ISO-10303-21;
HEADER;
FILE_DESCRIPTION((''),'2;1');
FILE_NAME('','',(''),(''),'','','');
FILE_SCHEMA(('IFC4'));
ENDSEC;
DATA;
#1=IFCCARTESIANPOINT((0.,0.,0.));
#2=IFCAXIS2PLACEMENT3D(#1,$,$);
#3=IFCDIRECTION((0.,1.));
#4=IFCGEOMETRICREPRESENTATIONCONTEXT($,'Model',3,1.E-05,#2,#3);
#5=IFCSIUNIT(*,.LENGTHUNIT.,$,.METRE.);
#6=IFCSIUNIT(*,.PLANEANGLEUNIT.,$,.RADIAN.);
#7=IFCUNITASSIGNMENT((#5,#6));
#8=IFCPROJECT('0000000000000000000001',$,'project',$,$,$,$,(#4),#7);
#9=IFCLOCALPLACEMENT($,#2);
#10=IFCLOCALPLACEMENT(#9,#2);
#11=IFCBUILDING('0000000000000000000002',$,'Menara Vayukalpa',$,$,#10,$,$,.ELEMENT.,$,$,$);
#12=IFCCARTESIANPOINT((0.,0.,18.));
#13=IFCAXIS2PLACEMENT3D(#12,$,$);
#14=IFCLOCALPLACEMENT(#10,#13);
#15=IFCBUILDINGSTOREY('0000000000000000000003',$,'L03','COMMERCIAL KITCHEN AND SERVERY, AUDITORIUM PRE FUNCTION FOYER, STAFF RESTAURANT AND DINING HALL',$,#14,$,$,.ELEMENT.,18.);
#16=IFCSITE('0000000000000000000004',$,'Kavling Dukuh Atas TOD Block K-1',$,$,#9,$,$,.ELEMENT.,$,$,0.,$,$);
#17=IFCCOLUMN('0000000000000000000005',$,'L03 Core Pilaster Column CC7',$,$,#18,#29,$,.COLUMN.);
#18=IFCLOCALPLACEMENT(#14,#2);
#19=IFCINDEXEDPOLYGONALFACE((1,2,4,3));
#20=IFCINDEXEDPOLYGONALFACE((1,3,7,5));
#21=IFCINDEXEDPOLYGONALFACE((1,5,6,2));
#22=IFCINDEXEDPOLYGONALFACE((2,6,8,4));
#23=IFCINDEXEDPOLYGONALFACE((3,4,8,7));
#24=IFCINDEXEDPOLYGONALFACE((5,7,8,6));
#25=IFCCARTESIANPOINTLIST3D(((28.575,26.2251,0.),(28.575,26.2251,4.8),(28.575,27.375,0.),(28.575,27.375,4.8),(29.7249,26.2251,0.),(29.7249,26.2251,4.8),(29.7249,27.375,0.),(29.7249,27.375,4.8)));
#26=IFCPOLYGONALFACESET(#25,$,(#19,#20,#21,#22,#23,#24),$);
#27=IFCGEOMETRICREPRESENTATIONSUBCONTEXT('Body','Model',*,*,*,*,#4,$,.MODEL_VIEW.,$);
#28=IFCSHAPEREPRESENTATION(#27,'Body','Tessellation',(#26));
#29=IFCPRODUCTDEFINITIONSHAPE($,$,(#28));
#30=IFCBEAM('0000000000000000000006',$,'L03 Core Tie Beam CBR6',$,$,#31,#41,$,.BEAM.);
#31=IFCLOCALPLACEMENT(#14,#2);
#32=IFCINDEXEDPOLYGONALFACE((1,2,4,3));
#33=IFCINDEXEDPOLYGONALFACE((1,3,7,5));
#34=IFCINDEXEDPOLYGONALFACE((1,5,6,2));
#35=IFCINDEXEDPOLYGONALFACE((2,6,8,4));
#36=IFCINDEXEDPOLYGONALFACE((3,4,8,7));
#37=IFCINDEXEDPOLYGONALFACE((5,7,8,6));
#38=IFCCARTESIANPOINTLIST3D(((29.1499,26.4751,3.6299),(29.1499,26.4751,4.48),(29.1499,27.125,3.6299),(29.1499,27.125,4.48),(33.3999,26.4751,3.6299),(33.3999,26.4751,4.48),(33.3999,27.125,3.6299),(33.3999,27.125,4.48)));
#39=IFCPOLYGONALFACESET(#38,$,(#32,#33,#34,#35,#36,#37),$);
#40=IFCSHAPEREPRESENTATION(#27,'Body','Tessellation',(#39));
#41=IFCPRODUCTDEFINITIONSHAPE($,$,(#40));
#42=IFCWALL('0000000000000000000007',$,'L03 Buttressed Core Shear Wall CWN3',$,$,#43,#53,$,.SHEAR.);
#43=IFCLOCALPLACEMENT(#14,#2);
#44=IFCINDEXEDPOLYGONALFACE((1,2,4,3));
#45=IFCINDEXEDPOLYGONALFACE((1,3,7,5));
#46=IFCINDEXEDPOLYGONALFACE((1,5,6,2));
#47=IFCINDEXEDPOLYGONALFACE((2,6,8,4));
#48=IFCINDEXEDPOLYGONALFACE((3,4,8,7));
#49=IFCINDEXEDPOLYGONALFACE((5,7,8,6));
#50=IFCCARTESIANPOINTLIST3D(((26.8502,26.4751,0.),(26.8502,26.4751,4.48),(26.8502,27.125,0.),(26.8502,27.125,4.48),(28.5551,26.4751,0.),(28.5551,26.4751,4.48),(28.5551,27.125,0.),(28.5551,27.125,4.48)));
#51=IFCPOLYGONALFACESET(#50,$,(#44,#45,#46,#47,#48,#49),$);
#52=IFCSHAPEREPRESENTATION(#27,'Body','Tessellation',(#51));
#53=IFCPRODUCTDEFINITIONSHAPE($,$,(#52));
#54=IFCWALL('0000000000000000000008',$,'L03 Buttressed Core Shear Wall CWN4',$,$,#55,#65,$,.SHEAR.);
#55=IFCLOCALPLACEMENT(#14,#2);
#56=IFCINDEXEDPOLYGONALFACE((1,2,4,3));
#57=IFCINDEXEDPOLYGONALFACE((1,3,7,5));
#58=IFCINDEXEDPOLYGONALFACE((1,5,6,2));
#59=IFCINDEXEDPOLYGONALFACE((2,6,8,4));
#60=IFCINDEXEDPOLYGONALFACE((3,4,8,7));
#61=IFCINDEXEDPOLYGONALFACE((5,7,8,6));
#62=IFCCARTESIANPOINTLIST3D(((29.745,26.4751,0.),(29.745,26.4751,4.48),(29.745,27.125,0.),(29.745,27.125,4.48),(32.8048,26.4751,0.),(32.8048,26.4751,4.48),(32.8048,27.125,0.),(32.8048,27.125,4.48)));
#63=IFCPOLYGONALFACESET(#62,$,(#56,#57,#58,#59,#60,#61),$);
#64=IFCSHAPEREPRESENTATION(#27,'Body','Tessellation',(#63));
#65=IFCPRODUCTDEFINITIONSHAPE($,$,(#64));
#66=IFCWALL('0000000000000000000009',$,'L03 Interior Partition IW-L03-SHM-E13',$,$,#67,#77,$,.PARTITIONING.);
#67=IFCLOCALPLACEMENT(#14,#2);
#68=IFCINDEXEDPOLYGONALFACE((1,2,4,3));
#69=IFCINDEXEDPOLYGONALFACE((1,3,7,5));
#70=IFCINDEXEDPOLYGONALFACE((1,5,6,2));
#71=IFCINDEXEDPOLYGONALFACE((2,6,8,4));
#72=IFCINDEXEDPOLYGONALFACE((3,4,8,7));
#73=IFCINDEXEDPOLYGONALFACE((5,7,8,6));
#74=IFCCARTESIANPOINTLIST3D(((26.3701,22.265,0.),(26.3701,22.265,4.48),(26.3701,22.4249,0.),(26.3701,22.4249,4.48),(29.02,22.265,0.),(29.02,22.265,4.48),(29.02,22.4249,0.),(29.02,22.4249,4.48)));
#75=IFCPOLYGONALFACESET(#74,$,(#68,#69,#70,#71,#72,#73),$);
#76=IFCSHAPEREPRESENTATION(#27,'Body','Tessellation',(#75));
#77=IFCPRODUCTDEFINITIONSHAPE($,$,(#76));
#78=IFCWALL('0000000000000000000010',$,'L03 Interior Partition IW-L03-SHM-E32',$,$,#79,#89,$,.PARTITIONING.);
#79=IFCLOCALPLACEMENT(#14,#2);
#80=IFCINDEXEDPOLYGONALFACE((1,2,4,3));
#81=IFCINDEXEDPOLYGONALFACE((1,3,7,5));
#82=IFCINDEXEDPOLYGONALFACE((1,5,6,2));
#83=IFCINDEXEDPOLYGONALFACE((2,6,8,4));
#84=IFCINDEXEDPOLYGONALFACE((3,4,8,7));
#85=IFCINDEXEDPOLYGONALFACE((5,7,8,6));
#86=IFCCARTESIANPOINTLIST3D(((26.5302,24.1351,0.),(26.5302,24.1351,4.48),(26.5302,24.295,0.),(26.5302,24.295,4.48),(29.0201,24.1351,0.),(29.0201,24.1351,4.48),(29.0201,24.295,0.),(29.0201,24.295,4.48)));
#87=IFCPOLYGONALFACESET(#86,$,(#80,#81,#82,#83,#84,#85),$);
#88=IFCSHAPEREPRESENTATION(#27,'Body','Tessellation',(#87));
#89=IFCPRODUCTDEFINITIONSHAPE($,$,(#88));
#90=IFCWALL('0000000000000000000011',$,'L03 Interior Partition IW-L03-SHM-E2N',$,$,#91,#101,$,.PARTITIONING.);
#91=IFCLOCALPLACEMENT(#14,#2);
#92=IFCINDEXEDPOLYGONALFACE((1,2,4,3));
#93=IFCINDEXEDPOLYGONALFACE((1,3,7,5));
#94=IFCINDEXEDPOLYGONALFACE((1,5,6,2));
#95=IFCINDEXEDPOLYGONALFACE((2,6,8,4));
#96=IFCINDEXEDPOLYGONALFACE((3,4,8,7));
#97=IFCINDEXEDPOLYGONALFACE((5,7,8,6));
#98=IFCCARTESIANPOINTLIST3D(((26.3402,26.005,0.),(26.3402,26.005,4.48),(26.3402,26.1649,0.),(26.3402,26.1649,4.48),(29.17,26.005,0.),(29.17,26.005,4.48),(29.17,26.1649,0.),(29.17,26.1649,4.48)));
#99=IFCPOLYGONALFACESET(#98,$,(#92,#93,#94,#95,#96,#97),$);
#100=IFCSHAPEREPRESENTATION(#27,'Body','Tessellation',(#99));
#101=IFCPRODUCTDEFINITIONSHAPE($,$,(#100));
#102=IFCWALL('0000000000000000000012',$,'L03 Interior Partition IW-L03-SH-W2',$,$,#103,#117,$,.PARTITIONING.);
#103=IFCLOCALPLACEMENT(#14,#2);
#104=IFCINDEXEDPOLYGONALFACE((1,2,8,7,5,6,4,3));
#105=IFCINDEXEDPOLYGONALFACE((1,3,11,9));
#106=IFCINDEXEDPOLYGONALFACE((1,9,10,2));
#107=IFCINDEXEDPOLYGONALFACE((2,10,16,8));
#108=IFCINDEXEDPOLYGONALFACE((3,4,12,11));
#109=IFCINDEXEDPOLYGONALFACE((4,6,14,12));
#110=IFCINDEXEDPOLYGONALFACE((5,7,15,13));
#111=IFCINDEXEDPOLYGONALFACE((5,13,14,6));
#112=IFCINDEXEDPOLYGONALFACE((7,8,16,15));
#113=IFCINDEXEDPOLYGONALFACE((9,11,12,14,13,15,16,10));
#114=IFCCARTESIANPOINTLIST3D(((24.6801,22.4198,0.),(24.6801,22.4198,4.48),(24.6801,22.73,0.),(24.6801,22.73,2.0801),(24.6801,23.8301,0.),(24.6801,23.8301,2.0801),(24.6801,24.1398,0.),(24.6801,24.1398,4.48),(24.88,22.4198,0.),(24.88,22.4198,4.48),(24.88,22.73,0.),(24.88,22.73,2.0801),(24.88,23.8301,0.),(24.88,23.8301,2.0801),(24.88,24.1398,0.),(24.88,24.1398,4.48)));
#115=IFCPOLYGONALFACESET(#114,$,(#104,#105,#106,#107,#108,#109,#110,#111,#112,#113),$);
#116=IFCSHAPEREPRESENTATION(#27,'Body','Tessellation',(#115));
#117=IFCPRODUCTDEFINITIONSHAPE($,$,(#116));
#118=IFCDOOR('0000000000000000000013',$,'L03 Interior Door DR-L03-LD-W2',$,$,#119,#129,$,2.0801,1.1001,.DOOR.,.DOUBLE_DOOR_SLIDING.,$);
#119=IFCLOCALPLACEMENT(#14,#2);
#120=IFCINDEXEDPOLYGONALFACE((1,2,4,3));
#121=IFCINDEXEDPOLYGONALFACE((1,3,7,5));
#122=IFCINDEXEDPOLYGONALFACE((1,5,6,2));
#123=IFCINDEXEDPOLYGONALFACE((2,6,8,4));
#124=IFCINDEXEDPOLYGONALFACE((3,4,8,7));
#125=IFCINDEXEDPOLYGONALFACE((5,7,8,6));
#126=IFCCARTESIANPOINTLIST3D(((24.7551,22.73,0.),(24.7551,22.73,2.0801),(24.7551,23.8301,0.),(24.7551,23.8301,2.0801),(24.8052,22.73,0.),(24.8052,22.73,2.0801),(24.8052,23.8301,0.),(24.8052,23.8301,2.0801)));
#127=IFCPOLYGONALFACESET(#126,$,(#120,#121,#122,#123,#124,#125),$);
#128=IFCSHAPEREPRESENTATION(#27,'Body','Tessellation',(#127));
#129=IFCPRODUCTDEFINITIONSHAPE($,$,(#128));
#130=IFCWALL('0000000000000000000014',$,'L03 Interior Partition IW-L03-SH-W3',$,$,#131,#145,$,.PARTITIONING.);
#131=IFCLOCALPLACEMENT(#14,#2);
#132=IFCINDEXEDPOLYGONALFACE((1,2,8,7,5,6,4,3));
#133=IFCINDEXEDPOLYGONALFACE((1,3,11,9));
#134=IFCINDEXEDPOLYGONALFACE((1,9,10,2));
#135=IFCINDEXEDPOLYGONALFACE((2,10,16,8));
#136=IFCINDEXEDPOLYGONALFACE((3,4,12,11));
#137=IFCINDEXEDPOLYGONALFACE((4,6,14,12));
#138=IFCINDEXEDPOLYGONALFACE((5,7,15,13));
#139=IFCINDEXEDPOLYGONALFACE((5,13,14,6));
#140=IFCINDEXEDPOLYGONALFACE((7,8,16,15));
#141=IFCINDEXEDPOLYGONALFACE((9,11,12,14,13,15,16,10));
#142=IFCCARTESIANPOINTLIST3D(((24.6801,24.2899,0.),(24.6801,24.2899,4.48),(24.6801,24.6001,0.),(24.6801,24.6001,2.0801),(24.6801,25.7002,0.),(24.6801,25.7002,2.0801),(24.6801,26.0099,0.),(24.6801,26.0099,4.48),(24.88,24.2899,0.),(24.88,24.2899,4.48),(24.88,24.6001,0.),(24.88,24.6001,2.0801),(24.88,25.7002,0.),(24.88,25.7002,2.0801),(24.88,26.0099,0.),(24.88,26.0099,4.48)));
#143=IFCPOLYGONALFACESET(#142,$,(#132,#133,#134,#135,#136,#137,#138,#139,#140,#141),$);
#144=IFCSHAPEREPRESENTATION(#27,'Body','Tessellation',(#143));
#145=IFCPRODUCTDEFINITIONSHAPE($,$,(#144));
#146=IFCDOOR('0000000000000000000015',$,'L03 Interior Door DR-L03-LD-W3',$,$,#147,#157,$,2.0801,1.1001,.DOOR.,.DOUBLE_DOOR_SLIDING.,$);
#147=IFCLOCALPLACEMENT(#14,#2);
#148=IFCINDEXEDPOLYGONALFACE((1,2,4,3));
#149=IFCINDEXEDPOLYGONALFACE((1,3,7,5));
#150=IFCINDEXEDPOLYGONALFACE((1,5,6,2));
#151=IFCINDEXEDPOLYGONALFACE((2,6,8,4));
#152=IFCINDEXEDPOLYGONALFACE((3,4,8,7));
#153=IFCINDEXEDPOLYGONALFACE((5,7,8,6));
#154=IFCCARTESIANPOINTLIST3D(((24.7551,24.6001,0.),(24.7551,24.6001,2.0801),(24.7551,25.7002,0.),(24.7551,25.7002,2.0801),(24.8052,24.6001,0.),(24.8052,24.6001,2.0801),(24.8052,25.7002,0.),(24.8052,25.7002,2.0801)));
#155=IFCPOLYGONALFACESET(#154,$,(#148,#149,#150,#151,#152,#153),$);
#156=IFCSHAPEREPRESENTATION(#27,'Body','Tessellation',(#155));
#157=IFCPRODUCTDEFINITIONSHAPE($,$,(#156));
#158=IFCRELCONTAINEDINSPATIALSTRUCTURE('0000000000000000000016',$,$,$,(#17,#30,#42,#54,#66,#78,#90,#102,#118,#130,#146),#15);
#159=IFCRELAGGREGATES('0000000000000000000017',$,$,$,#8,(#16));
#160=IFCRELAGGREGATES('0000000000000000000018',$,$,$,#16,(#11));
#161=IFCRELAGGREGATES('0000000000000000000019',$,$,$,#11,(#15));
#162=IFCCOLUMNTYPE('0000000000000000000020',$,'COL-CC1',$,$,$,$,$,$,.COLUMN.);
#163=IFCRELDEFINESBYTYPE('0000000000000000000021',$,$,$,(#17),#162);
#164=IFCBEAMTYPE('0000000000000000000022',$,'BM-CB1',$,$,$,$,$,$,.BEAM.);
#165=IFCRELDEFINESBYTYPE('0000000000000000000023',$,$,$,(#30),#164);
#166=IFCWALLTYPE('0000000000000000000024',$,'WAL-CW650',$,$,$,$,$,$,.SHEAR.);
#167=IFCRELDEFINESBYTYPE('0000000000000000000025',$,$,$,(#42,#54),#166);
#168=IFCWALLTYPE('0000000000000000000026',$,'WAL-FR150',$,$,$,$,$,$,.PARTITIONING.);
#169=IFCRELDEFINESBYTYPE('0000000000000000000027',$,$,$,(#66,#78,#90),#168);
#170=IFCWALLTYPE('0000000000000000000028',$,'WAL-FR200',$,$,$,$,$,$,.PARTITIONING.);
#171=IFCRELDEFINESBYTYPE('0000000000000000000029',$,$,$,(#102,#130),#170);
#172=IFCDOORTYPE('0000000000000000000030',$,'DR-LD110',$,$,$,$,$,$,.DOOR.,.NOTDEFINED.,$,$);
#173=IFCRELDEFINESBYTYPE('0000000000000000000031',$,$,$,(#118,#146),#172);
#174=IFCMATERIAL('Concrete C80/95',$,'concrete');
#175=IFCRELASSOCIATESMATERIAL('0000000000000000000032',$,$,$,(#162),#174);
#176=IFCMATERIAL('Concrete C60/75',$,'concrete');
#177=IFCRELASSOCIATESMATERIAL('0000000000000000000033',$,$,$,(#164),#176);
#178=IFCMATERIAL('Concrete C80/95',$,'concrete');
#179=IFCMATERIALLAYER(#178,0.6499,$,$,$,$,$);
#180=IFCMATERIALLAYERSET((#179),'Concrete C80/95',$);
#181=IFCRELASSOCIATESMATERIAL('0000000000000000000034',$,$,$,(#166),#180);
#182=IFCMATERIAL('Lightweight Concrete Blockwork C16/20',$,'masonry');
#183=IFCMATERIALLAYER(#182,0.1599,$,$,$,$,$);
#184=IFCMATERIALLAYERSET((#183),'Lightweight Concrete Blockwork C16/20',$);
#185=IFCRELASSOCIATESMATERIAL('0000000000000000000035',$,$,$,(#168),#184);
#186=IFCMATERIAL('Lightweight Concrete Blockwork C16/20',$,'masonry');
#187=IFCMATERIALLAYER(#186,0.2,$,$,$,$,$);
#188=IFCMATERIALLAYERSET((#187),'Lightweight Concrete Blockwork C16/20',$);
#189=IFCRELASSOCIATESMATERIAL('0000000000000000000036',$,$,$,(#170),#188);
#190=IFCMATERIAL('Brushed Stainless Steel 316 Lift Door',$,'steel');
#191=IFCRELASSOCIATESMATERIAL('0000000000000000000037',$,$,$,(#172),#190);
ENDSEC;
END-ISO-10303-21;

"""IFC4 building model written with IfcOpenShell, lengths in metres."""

from ifc_helpers import new_model, si_unit, direction, frame, frame_2d, origin, origin_2d, place, context, subcontext, project, spatial, rectangle, extrude, material, layer, layer_set, material_profile, profile_set, type_object, element, fill, save


model = new_model("IFC4")

# Units and contexts
model_context = context("Model", 3, precision=1e-05, world=origin(), true_north=direction((0.0, 1.0)))
body_context = subcontext(model_context, "Body", "Model", "MODEL_VIEW")
ifc_project = project(units=[si_unit("LENGTHUNIT", "METRE"), si_unit("PLANEANGLEUNIT", "RADIAN")], contexts=[model_context])

# Site, building, storey
site_placement = place(None, origin())
site = spatial("IfcSite", under=ifc_project, at=site_placement, Name="Kavling Dukuh Atas TOD Block K-1", CompositionType="ELEMENT", RefElevation=0.0)
building_placement = place(site_placement, origin())
building = spatial("IfcBuilding", under=site, at=building_placement, Name="Menara Vayukalpa", CompositionType="ELEMENT")
storey_placement = place(building_placement, frame((0.0, 0.0, 18.0)))
storey = spatial("IfcBuildingStorey", under=building, at=storey_placement, Name="L03", Description="COMMERCIAL KITCHEN AND SERVERY, AUDITORIUM PRE FUNCTION FOYER, STAFF RESTAURANT AND DINING HALL", CompositionType="ELEMENT", Elevation=18.0)

# Column
ifc_material_1 = material(Name="Concrete C80/95", Category="concrete")
ifc_material_profile_1 = material_profile(ifc_material_1, rectangle(XDim=1.1499, YDim=1.1499, at=origin_2d()), Name="RC 1150x1150")
ifc_profile_set_1 = profile_set([ifc_material_profile_1], Name="Concrete C80/95")
column_type = type_object("IfcColumnType", Name="COL-CC1", PredefinedType="COLUMN", material=ifc_profile_set_1)
column_placement = place(storey_placement, frame((29.1499, 26.8, 0.0), z_axis=(0.0, 0.0, 1.0), x_axis=(1.0, 0.0, 0.0)))
element("IfcColumn", 1, at=column_placement, inside=storey, type_object=column_type, Name="L03 Core Pilaster Column CC7", PredefinedType="COLUMN", context=body_context, shape_type="SweptSolid", body=[
    extrude(rectangle(XDim=1.1499, YDim=1.1499, at=origin_2d()), origin(), (0.0, 0.0, 1.0), 4.8),
])

# Beam
ifc_material_2 = material(Name="Concrete C60/75", Category="concrete")
ifc_material_profile_2 = material_profile(ifc_material_2, rectangle(XDim=0.6499, YDim=0.8501, at=origin_2d()), Name="RC 650x850")
ifc_profile_set_2 = profile_set([ifc_material_profile_2], Name="Concrete C60/75")
beam_type = type_object("IfcBeamType", Name="BM-CB1", PredefinedType="BEAM", material=ifc_profile_set_2)
beam_placement = place(storey_placement, frame((29.1499, 26.8, 4.0549), z_axis=(1.0, 0.0, 0.0), x_axis=(0.0, 1.0, 0.0)))
element("IfcBeam", 2, at=beam_placement, inside=storey, type_object=beam_type, Name="L03 Core Tie Beam CBR6", PredefinedType="BEAM", context=body_context, shape_type="SweptSolid", body=[
    extrude(rectangle(XDim=0.6499, YDim=0.8501, at=origin_2d()), origin(), (0.0, 0.0, 1.0), 4.25),
])

# Walls
ifc_material_3 = material(Name="Concrete C80/95", Category="concrete")
ifc_layer_1 = layer(ifc_material_3, 0.6499)
ifc_layer_set_1 = layer_set([ifc_layer_1], Name="Concrete C80/95")
wall_type_1 = type_object("IfcWallType", Name="WAL-CW650", PredefinedType="SHEAR", material=ifc_layer_set_1)
wall_1_placement = place(storey_placement, frame((26.8501, 26.8, 0.0), z_axis=(0.0, 0.0, 1.0), x_axis=(1.0, 0.0, 0.0)))
element("IfcWall", 3, at=wall_1_placement, inside=storey, type_object=wall_type_1, Name="L03 Buttressed Core Shear Wall CWN3", PredefinedType="SHEAR", context=body_context, shape_type="SweptSolid", body=[
    extrude(rectangle(XDim=1.7048, YDim=0.6499, at=frame_2d((0.8525, 0.0))), origin(), (0.0, 0.0, 1.0), 4.48),
])
wall_2_placement = place(storey_placement, frame((29.7451, 26.8, 0.0), z_axis=(0.0, 0.0, 1.0), x_axis=(1.0, 0.0, 0.0)))
element("IfcWall", 4, at=wall_2_placement, inside=storey, type_object=wall_type_1, Name="L03 Buttressed Core Shear Wall CWN4", PredefinedType="SHEAR", context=body_context, shape_type="SweptSolid", body=[
    extrude(rectangle(XDim=3.0598, YDim=0.6499, at=frame_2d((1.5298, 0.0))), origin(), (0.0, 0.0, 1.0), 4.48),
])
ifc_material_4 = material(Name="Lightweight Concrete Blockwork C16/20", Category="masonry")
ifc_layer_2 = layer(ifc_material_4, 0.1599)
ifc_layer_set_2 = layer_set([ifc_layer_2], Name="Lightweight Concrete Blockwork C16/20")
wall_type_2 = type_object("IfcWallType", Name="WAL-FR150", PredefinedType="PARTITIONING", material=ifc_layer_set_2)
wall_3_placement = place(storey_placement, frame((26.3701, 22.345, 0.0), z_axis=(0.0, 0.0, 1.0), x_axis=(1.0, 0.0, 0.0)))
element("IfcWall", 5, at=wall_3_placement, inside=storey, type_object=wall_type_2, Name="L03 Interior Partition IW-L03-SHM-E13", PredefinedType="PARTITIONING", context=body_context, shape_type="SweptSolid", body=[
    extrude(rectangle(XDim=2.6499, YDim=0.1599, at=frame_2d((1.325, 0.0))), origin(), (0.0, 0.0, 1.0), 4.48),
])
wall_4_placement = place(storey_placement, frame((26.53, 24.2151, 0.0), z_axis=(0.0, 0.0, 1.0), x_axis=(1.0, 0.0, 0.0)))
element("IfcWall", 6, at=wall_4_placement, inside=storey, type_object=wall_type_2, Name="L03 Interior Partition IW-L03-SHM-E32", PredefinedType="PARTITIONING", context=body_context, shape_type="SweptSolid", body=[
    extrude(rectangle(XDim=2.49, YDim=0.1599, at=frame_2d((1.2451, 0.0))), origin(), (0.0, 0.0, 1.0), 4.48),
])
wall_5_placement = place(storey_placement, frame((26.3401, 26.085, 0.0), z_axis=(0.0, 0.0, 1.0), x_axis=(1.0, 0.0, 0.0)))
element("IfcWall", 7, at=wall_5_placement, inside=storey, type_object=wall_type_2, Name="L03 Interior Partition IW-L03-SHM-E2N", PredefinedType="PARTITIONING", context=body_context, shape_type="SweptSolid", body=[
    extrude(rectangle(XDim=2.8298, YDim=0.1599, at=frame_2d((1.415, 0.0))), origin(), (0.0, 0.0, 1.0), 4.48),
])

# Walls, openings, doors
ifc_material_5 = material(Name="Lightweight Concrete Blockwork C16/20", Category="masonry")
ifc_layer_3 = layer(ifc_material_5, 0.2)
ifc_layer_set_3 = layer_set([ifc_layer_3], Name="Lightweight Concrete Blockwork C16/20")
wall_type_3 = type_object("IfcWallType", Name="WAL-FR200", PredefinedType="PARTITIONING", material=ifc_layer_set_3)
wall_6_placement = place(storey_placement, frame((24.78, 22.4199, 0.0), z_axis=(0.0, 0.0, 1.0), x_axis=(0.0, 1.0, 0.0)))
wall_6 = element("IfcWall", 8, at=wall_6_placement, inside=storey, type_object=wall_type_3, Name="L03 Interior Partition IW-L03-SH-W2", PredefinedType="PARTITIONING", context=body_context, shape_type="SweptSolid", body=[
    extrude(rectangle(XDim=1.72, YDim=0.2, at=frame_2d((0.8599, 0.0))), origin(), (0.0, 0.0, 1.0), 4.48),
])
opening_1_placement = place(wall_6_placement, frame((0.3101, 0.0, 0.0)))
opening_1 = element("IfcOpeningElement", 9, at=opening_1_placement, cuts=wall_6, PredefinedType="OPENING", context=body_context, shape_type="SweptSolid", body=[
    extrude(rectangle(XDim=1.1001, YDim=2.0801, at=frame_2d((0.55, 1.04))), frame((0.0, 0.1099, 0.0), z_axis=(0.0, -1.0, 0.0), x_axis=(1.0, 0.0, 0.0)), (0.0, 0.0, 1.0), 0.22),
])
ifc_material_6 = material(Name="Brushed Stainless Steel 316 Lift Door", Category="steel")
door_type = type_object("IfcDoorType", Name="DR-LD110", OperationType="NOTDEFINED", PredefinedType="DOOR", material=ifc_material_6)
door_1_placement = place(opening_1_placement, origin())
door_1 = element("IfcDoor", 10, at=door_1_placement, inside=storey, type_object=door_type, Name="L03 Interior Door DR-L03-LD-W2", OperationType="DOUBLE_DOOR_SLIDING", OverallHeight=2.0801, OverallWidth=1.1001, PredefinedType="DOOR", context=body_context, shape_type="SweptSolid", body=[
    extrude(rectangle(XDim=1.1001, YDim=2.0801, at=frame_2d((0.55, 1.04))), frame((0.0, 0.0249, 0.0), z_axis=(0.0, -1.0, 0.0), x_axis=(1.0, 0.0, 0.0)), (0.0, 0.0, 1.0), 0.05),
])
fill(opening_1, door_1)
wall_7_placement = place(storey_placement, frame((24.78, 24.29, 0.0), z_axis=(0.0, 0.0, 1.0), x_axis=(0.0, 1.0, 0.0)))
wall_7 = element("IfcWall", 11, at=wall_7_placement, inside=storey, type_object=wall_type_3, Name="L03 Interior Partition IW-L03-SH-W3", PredefinedType="PARTITIONING", context=body_context, shape_type="SweptSolid", body=[
    extrude(rectangle(XDim=1.72, YDim=0.2, at=frame_2d((0.8599, 0.0))), origin(), (0.0, 0.0, 1.0), 4.48),
])
opening_2_placement = place(wall_7_placement, frame((0.3101, 0.0, 0.0)))
opening_2 = element("IfcOpeningElement", 12, at=opening_2_placement, cuts=wall_7, PredefinedType="OPENING", context=body_context, shape_type="SweptSolid", body=[
    extrude(rectangle(XDim=1.1001, YDim=2.0801, at=frame_2d((0.55, 1.04))), frame((0.0, 0.1099, 0.0), z_axis=(0.0, -1.0, 0.0), x_axis=(1.0, 0.0, 0.0)), (0.0, 0.0, 1.0), 0.22),
])
door_2_placement = place(opening_2_placement, origin())
door_2 = element("IfcDoor", 13, at=door_2_placement, inside=storey, type_object=door_type, Name="L03 Interior Door DR-L03-LD-W3", OperationType="DOUBLE_DOOR_SLIDING", OverallHeight=2.0801, OverallWidth=1.1001, PredefinedType="DOOR", context=body_context, shape_type="SweptSolid", body=[
    extrude(rectangle(XDim=1.1001, YDim=2.0801, at=frame_2d((0.55, 1.04))), frame((0.0, 0.0249, 0.0), z_axis=(0.0, -1.0, 0.0), x_axis=(1.0, 0.0, 0.0)), (0.0, 0.0, 1.0), 0.05),
])
fill(opening_2, door_2)

save(model, "model.ifc")
